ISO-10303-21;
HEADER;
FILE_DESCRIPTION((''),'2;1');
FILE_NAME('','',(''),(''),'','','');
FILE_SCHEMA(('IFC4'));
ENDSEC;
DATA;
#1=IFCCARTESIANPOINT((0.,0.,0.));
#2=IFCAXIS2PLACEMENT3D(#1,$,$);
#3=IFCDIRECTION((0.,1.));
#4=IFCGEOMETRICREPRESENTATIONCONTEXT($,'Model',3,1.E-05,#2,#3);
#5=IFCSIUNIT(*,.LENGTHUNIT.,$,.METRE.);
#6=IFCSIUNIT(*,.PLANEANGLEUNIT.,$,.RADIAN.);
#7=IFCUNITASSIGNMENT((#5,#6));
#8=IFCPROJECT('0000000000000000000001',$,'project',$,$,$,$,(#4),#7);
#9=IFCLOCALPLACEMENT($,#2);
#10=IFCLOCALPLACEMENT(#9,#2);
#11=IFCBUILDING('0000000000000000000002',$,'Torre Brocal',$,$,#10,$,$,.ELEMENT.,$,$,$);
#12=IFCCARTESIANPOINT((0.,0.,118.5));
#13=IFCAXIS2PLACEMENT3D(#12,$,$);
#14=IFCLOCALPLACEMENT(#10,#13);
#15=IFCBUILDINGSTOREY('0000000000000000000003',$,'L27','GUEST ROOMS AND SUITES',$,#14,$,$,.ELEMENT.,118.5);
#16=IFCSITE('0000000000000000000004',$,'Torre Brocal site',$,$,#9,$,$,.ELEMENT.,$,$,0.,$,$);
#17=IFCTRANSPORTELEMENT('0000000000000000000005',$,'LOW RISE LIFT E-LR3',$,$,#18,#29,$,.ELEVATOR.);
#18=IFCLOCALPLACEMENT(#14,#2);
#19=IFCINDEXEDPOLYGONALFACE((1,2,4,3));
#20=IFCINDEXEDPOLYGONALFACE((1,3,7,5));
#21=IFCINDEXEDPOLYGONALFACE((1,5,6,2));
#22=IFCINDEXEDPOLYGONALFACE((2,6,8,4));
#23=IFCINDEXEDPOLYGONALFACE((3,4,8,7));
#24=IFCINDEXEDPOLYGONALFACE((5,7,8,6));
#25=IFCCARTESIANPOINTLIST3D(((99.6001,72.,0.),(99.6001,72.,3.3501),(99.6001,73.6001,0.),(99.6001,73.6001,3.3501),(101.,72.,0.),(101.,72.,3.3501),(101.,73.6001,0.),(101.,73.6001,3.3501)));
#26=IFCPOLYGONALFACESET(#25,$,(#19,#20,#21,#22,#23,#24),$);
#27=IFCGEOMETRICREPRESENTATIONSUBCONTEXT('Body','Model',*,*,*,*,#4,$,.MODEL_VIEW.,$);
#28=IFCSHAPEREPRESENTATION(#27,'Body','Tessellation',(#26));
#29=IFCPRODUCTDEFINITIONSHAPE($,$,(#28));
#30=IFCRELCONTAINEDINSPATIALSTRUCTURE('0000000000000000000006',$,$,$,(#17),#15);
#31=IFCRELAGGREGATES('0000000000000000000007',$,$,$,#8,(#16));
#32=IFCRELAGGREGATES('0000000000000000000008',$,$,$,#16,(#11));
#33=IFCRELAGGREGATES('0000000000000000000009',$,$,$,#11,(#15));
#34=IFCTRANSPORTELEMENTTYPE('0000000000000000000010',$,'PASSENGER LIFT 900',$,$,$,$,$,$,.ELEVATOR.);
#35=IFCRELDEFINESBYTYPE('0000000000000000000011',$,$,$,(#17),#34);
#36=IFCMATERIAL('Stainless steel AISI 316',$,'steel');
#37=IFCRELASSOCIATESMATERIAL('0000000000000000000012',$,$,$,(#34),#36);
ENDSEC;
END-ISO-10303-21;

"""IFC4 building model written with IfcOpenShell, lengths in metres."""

from ifc_helpers import new_model, si_unit, direction, frame, origin, origin_2d, place, context, subcontext, project, spatial, rectangle, extrude, material, type_object, element, save


model = new_model("IFC4")

# Units and contexts
model_context = context("Model", 3, precision=1e-05, world=origin(), true_north=direction((0.0, 1.0)))
body_context = subcontext(model_context, "Body", "Model", "MODEL_VIEW")
ifc_project = project(units=[si_unit("LENGTHUNIT", "METRE"), si_unit("PLANEANGLEUNIT", "RADIAN")], contexts=[model_context])

# Site, building, storey
site_placement = place(None, origin())
site = spatial("IfcSite", under=ifc_project, at=site_placement, Name="Torre Brocal site", CompositionType="ELEMENT", RefElevation=0.0)
building_placement = place(site_placement, origin())
building = spatial("IfcBuilding", under=site, at=building_placement, Name="Torre Brocal", CompositionType="ELEMENT")
storey_placement = place(building_placement, frame((0.0, 0.0, 118.5)))
storey = spatial("IfcBuildingStorey", under=building, at=storey_placement, Name="L27", Description="GUEST ROOMS AND SUITES", CompositionType="ELEMENT", Elevation=118.5)

# Transport element
ifc_material_1 = material(Name="Stainless steel AISI 316", Category="steel")
transport_element_type_1 = type_object("IfcTransportElementType", Name="PASSENGER LIFT 900", PredefinedType="ELEVATOR", material=ifc_material_1)
transport_element_1_placement = place(storey_placement, frame((100.3, 72.8, 0.0), z_axis=(0.0, 0.0, 1.0), x_axis=(1.0, 0.0, 0.0)))
element("IfcTransportElement", 1, at=transport_element_1_placement, inside=storey, type_object=transport_element_type_1, Name="LOW RISE LIFT E-LR3", PredefinedType="ELEVATOR", context=body_context, shape_type="SweptSolid", body=[
    extrude(rectangle(XDim=1.3999, YDim=1.6001, at=origin_2d()), origin(), (0.0, 0.0, 1.0), 3.3501),
])

save(model, "model.ifc")
